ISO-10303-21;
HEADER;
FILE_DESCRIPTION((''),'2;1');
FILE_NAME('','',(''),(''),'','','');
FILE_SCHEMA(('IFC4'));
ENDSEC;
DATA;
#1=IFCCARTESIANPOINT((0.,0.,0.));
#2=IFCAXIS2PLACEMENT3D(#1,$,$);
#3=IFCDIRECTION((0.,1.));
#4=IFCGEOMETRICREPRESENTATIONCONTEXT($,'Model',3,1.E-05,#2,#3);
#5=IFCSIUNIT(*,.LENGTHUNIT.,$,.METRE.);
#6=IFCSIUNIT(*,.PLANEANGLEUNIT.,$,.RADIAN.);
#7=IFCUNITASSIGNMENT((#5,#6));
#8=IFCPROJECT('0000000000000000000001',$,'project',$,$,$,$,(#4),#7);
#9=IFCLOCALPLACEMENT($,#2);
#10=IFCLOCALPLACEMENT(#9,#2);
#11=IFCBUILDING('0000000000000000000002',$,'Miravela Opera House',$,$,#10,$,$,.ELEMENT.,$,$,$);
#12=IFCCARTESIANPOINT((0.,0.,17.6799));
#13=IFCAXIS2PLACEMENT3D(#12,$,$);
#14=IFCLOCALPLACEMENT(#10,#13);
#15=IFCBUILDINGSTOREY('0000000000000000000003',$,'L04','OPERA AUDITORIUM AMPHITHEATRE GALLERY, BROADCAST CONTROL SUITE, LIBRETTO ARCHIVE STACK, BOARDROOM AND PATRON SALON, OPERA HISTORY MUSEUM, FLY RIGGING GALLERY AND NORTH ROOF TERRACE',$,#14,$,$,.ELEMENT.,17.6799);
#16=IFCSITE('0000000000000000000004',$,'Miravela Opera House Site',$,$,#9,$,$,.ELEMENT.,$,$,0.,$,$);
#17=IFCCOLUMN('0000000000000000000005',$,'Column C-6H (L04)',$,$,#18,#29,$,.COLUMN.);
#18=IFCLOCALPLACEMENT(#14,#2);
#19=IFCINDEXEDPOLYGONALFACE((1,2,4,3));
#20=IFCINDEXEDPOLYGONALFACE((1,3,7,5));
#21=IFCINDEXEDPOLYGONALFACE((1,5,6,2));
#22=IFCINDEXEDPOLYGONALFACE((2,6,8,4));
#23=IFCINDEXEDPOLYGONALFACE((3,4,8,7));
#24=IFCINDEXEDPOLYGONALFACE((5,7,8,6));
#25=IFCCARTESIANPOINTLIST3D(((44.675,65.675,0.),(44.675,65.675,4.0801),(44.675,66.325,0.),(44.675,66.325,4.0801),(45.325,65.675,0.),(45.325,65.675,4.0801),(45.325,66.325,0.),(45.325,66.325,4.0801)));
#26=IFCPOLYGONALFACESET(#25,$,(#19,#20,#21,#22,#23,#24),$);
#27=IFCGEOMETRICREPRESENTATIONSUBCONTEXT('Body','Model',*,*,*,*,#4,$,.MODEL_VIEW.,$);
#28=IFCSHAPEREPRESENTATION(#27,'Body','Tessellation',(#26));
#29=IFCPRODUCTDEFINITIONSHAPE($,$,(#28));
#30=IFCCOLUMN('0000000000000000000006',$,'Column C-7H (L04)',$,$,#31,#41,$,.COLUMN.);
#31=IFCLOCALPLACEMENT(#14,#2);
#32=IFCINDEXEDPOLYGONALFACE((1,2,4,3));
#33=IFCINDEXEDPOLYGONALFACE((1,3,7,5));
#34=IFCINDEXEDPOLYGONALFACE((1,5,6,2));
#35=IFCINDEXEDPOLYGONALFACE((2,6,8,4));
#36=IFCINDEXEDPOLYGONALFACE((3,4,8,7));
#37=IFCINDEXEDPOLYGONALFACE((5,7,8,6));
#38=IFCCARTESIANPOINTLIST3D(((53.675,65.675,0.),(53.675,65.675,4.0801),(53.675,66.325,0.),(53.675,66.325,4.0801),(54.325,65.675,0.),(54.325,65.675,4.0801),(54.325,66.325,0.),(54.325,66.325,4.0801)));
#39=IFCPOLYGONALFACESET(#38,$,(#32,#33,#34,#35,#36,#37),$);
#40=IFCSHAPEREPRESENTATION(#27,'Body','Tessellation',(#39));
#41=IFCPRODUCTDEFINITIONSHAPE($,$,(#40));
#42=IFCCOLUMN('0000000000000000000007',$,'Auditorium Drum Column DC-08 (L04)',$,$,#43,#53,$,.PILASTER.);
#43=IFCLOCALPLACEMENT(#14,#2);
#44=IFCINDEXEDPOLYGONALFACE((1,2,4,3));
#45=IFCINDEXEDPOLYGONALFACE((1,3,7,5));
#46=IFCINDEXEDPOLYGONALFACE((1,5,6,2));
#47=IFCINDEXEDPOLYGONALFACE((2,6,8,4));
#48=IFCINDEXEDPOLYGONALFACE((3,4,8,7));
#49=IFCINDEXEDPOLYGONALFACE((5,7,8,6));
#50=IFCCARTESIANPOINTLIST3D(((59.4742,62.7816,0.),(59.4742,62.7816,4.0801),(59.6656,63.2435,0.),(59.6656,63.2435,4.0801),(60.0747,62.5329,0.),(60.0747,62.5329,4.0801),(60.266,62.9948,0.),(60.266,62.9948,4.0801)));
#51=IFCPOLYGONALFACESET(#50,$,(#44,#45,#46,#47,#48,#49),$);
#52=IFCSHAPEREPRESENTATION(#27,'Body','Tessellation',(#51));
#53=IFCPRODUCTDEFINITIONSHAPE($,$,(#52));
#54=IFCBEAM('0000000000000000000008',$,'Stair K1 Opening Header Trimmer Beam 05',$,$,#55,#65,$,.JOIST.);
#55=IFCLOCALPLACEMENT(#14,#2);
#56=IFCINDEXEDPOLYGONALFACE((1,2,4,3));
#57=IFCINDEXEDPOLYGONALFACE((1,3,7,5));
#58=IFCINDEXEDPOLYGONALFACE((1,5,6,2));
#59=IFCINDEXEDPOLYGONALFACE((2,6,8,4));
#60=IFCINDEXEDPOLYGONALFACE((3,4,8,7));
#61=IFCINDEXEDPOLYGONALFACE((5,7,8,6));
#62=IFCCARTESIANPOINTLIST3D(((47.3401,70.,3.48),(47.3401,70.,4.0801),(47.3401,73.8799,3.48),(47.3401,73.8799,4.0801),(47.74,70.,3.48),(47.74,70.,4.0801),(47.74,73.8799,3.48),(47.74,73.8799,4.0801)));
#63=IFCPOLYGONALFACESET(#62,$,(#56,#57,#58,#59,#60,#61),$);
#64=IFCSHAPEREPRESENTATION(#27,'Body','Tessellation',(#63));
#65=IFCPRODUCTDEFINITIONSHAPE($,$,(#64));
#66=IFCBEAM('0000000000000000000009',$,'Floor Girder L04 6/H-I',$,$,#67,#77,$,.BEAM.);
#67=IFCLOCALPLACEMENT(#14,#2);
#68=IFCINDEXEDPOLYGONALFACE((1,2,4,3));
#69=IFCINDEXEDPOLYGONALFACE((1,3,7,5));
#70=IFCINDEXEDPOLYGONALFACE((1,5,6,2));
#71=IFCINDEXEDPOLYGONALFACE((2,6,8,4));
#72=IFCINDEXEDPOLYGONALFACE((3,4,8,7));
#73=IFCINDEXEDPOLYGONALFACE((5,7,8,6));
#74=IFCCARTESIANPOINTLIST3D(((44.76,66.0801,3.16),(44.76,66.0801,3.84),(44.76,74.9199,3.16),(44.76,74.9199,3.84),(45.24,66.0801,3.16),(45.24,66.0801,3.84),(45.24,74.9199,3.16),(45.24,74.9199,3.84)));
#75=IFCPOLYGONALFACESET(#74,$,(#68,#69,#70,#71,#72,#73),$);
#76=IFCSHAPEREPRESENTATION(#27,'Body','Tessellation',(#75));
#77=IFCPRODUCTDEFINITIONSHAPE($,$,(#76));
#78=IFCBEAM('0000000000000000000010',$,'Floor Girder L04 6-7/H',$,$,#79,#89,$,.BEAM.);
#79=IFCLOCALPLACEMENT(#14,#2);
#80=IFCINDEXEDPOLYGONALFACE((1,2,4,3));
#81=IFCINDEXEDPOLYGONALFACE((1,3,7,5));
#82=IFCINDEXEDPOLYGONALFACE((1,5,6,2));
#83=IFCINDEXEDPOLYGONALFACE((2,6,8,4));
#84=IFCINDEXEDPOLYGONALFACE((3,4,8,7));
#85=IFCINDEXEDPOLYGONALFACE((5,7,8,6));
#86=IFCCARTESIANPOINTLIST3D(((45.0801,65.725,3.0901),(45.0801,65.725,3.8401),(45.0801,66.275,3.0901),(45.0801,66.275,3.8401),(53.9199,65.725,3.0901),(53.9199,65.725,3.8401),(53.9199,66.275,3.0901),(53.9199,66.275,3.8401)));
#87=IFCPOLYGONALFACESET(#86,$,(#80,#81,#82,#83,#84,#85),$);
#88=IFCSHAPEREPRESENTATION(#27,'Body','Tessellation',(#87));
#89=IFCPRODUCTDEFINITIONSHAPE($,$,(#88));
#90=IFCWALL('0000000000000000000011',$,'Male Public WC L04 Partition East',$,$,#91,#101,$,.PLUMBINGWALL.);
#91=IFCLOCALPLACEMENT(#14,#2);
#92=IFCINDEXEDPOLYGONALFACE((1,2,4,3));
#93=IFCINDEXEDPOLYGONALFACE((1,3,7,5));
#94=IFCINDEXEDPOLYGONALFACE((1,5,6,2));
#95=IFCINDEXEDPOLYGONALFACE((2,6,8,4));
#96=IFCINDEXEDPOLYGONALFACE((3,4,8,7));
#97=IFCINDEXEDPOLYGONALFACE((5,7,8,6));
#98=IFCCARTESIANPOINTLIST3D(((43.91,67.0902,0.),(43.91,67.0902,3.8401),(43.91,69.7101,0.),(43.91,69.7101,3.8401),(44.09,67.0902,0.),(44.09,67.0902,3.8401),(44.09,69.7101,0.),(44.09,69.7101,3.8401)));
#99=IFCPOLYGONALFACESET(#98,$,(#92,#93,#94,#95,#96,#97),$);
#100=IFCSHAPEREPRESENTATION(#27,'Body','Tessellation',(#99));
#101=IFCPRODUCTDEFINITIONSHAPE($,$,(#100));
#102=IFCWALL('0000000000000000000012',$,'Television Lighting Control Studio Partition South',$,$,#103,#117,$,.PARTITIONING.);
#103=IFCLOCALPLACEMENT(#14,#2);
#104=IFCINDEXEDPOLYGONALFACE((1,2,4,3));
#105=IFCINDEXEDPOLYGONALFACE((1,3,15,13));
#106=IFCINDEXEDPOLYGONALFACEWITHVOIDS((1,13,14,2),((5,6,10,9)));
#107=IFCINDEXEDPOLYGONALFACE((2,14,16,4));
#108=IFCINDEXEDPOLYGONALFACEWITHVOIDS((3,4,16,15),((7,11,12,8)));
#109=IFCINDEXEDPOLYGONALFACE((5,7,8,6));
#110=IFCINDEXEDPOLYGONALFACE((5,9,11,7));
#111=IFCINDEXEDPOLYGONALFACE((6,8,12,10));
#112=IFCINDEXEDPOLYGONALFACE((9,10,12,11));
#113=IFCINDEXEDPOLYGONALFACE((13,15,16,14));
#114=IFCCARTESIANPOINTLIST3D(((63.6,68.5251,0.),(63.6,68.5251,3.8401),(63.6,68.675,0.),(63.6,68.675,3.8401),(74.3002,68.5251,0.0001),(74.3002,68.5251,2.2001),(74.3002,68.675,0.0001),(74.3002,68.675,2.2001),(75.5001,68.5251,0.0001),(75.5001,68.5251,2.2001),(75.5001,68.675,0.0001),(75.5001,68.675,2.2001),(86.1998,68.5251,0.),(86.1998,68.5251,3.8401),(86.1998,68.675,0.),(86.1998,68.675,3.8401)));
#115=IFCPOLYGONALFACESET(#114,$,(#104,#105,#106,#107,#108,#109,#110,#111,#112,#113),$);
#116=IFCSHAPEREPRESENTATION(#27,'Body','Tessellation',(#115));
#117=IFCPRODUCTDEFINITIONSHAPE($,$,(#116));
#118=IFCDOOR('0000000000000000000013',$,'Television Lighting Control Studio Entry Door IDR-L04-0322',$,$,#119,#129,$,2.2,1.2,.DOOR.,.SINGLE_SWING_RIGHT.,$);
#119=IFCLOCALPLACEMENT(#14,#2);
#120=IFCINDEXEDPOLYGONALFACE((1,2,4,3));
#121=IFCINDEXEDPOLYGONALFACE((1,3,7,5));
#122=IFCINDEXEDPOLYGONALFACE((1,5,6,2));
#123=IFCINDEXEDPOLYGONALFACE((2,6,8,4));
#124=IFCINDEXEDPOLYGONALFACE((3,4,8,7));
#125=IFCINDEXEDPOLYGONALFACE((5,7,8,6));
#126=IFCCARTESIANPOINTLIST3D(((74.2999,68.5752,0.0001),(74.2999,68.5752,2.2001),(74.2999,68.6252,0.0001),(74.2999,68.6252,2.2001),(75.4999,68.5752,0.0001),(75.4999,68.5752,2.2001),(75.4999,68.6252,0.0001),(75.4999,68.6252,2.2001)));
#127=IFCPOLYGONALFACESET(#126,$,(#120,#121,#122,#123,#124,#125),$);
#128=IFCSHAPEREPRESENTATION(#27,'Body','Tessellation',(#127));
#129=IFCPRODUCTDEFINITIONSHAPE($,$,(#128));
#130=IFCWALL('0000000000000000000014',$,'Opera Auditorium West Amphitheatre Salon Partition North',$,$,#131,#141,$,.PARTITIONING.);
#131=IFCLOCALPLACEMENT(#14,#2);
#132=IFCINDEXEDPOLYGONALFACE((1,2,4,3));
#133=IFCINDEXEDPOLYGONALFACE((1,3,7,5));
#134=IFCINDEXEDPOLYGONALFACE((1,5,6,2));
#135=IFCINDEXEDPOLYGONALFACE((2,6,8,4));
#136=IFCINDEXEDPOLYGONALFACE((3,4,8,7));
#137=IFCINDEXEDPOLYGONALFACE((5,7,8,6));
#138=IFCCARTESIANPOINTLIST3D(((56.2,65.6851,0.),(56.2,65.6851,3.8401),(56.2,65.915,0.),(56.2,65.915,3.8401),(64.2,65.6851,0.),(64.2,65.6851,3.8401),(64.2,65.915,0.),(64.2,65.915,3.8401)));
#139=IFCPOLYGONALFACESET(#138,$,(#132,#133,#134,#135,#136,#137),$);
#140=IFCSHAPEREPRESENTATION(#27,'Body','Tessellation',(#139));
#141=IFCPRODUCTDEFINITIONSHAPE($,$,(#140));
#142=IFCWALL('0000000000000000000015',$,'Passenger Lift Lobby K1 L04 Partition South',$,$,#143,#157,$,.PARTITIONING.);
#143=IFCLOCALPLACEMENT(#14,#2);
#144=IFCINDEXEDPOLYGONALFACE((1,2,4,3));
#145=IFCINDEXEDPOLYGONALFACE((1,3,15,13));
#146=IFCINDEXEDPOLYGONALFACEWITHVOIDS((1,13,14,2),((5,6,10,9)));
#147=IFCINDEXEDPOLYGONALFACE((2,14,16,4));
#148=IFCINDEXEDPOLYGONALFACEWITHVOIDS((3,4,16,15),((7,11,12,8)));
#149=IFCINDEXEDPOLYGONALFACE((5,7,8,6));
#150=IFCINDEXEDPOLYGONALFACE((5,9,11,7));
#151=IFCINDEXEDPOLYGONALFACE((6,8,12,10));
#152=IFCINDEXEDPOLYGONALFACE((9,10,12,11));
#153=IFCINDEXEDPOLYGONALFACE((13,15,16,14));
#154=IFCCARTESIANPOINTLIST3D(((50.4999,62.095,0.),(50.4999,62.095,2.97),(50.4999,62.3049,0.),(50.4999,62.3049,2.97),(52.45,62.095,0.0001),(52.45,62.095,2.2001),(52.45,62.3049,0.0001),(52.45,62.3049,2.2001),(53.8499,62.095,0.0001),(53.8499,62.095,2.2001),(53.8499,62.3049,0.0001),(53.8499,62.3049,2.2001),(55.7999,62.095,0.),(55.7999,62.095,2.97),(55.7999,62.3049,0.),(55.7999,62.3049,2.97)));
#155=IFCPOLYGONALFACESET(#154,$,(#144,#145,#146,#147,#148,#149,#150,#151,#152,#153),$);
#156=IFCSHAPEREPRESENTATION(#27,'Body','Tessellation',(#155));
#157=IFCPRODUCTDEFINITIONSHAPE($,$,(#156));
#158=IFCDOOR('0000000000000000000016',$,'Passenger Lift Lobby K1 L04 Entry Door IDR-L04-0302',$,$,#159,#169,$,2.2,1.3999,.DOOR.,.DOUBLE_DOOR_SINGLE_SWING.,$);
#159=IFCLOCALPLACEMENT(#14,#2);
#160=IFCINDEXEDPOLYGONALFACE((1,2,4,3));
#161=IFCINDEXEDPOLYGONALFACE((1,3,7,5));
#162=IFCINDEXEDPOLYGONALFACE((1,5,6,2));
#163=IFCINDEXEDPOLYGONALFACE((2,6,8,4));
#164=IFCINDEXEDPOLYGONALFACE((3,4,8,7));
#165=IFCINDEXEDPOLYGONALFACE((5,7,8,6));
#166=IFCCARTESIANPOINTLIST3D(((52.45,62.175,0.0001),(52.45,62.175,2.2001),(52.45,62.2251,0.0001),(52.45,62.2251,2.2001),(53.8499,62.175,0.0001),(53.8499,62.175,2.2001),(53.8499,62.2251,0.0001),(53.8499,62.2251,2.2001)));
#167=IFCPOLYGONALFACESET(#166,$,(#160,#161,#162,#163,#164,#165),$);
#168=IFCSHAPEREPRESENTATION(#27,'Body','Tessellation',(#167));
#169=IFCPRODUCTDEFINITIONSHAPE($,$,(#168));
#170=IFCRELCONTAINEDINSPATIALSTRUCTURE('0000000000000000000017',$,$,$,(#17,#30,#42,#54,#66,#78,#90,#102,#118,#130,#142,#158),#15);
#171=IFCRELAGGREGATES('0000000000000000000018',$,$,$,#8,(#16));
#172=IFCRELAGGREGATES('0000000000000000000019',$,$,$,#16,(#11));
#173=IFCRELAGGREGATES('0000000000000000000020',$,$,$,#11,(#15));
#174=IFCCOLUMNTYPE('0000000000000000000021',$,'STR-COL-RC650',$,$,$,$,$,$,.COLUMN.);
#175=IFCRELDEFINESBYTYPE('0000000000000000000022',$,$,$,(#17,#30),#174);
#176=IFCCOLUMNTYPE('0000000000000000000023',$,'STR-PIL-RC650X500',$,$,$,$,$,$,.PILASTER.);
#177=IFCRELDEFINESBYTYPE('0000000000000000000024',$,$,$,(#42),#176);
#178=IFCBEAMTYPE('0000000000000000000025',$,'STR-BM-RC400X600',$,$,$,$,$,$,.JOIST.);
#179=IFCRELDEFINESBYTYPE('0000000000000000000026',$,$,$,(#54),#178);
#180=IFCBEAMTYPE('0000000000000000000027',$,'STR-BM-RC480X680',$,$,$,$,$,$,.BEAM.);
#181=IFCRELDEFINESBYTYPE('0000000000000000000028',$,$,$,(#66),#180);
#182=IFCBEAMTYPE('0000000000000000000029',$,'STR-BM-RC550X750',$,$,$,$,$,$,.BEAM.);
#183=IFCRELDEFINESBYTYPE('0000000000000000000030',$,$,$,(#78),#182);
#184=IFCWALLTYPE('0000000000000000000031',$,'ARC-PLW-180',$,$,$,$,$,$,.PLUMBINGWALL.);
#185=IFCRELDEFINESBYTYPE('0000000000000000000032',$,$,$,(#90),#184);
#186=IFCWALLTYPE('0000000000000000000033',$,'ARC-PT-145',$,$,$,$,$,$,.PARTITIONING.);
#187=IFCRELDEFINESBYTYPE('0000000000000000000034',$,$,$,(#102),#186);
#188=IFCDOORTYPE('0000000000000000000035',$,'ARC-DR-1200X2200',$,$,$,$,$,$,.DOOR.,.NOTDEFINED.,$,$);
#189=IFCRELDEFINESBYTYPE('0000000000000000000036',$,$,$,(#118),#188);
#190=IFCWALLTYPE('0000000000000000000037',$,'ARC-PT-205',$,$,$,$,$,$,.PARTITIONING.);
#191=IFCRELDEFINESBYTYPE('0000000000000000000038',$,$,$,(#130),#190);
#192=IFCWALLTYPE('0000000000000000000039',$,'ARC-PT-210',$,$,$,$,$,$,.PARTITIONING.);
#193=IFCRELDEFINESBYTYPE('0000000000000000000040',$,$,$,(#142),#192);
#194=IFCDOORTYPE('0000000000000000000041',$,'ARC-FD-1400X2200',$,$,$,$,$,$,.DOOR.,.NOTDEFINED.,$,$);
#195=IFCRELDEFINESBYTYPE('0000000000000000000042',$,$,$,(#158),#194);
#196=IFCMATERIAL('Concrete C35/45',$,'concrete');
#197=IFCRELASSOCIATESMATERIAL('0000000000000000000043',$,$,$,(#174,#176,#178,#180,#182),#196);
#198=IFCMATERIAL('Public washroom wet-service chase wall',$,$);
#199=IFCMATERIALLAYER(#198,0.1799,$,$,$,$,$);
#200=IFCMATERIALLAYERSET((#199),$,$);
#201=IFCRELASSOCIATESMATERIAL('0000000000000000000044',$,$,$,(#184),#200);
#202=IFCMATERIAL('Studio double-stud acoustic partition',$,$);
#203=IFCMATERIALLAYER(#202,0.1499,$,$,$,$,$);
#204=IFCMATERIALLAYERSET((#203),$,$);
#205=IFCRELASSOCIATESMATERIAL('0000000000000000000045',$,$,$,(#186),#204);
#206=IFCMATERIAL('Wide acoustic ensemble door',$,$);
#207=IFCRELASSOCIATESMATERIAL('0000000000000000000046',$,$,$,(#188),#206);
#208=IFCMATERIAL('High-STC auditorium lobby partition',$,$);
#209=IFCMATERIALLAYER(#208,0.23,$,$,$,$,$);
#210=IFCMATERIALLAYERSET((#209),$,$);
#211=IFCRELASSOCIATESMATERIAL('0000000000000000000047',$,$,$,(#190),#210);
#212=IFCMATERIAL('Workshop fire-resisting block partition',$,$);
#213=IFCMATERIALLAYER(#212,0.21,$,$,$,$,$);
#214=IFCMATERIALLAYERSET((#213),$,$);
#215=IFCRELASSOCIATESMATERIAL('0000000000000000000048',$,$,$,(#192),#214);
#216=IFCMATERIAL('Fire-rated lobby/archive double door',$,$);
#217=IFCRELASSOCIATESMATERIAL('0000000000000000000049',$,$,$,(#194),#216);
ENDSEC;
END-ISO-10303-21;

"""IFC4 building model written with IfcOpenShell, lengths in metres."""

from ifc_helpers import new_model, si_unit, direction, frame, frame_2d, origin, origin_2d, place, context, subcontext, project, spatial, rectangle, extrude, material, layer, layer_set, material_profile, profile_set, type_object, element, fill, save


model = new_model("IFC4")

# Units and contexts
model_context = context("Model", 3, precision=1e-05, world=origin(), true_north=direction((0.0, 1.0)))
body_context = subcontext(model_context, "Body", "Model", "MODEL_VIEW")
ifc_project = project(units=[si_unit("LENGTHUNIT", "METRE"), si_unit("PLANEANGLEUNIT", "RADIAN")], contexts=[model_context])

# Site, building, storey
site_placement = place(None, origin())
site = spatial("IfcSite", under=ifc_project, at=site_placement, Name="Miravela Opera House Site", CompositionType="ELEMENT", RefElevation=0.0)
building_placement = place(site_placement, origin())
building = spatial("IfcBuilding", under=site, at=building_placement, Name="Miravela Opera House", CompositionType="ELEMENT")
storey_placement = place(building_placement, frame((0.0, 0.0, 17.6799)))
storey = spatial("IfcBuildingStorey", under=building, at=storey_placement, Name="L04", Description="OPERA AUDITORIUM AMPHITHEATRE GALLERY, BROADCAST CONTROL SUITE, LIBRETTO ARCHIVE STACK, BOARDROOM AND PATRON SALON, OPERA HISTORY MUSEUM, FLY RIGGING GALLERY AND NORTH ROOF TERRACE", CompositionType="ELEMENT", Elevation=17.6799)

# Columns
ifc_material_1 = material(Name="Concrete C35/45", Category="concrete")
ifc_material_profile_1 = material_profile(ifc_material_1, rectangle(XDim=0.6499, YDim=0.6499, at=origin_2d()), Name="RC-COL-650X650")
ifc_profile_set_1 = profile_set([ifc_material_profile_1])
column_type_1 = type_object("IfcColumnType", Name="STR-COL-RC650", PredefinedType="COLUMN", material=ifc_profile_set_1)
for number, where, z_axis, x_axis, name in (
    (1, (45.0, 66.0, 0.0), (0.0, 0.0, 1.0), (1.0, 0.0, 0.0), "Column C-6H (L04)"),
    (2, (54.0, 66.0, 0.0), (0.0, 0.0, 1.0), (1.0, 0.0, 0.0), "Column C-7H (L04)"),
):
    element("IfcColumn", number, at=place(storey_placement, frame(where, z_axis=z_axis, x_axis=x_axis)), inside=storey, type_object=column_type_1, Name=name, PredefinedType="COLUMN", context=body_context, shape_type="SweptSolid", body=[
        extrude(rectangle(XDim=0.6499, YDim=0.6499, at=origin_2d()), origin(), (0.0, 0.0, 1.0), 4.0801),
    ])
ifc_material_profile_2 = material_profile(ifc_material_1, rectangle(XDim=0.6499, YDim=0.5, at=origin_2d()), Name="RC-PIL-650X500")
ifc_profile_set_2 = profile_set([ifc_material_profile_2])
column_type_2 = type_object("IfcColumnType", Name="STR-PIL-RC650X500", PredefinedType="PILASTER", material=ifc_profile_set_2)
column_placement = place(storey_placement, frame((59.8701, 62.8882, 0.0), z_axis=(0.0, 0.0, 1.0), x_axis=(-0.92388, 0.382683, 0.0)))
element("IfcColumn", 3, at=column_placement, inside=storey, type_object=column_type_2, Name="Auditorium Drum Column DC-08 (L04)", PredefinedType="PILASTER", context=body_context, shape_type="SweptSolid", body=[
    extrude(rectangle(XDim=0.6499, YDim=0.5, at=origin_2d()), origin(), (0.0, 0.0, 1.0), 4.0801),
])

# Beams
ifc_material_profile_3 = material_profile(ifc_material_1, rectangle(XDim=0.3999, YDim=0.6001, at=origin_2d()), Name="RC-BM-400X600")
ifc_profile_set_3 = profile_set([ifc_material_profile_3])
beam_type_1 = type_object("IfcBeamType", Name="STR-BM-RC400X600", PredefinedType="JOIST", material=ifc_profile_set_3)
beam_1_placement = place(storey_placement, frame((47.54, 70.0, 3.78), z_axis=(0.0, 1.0, 0.0), x_axis=(-1.0, 0.0, 0.0)))
element("IfcBeam", 4, at=beam_1_placement, inside=storey, type_object=beam_type_1, Name="Stair K1 Opening Header Trimmer Beam 05", PredefinedType="JOIST", context=body_context, shape_type="SweptSolid", body=[
    extrude(rectangle(XDim=0.3999, YDim=0.6001, at=origin_2d()), origin(), (0.0, 0.0, 1.0), 3.8799),
])
ifc_material_profile_4 = material_profile(ifc_material_1, rectangle(XDim=0.48, YDim=0.6799, at=origin_2d()), Name="RC-BM-480X680")
ifc_profile_set_4 = profile_set([ifc_material_profile_4])
beam_type_2 = type_object("IfcBeamType", Name="STR-BM-RC480X680", PredefinedType="BEAM", material=ifc_profile_set_4)
beam_2_placement = place(storey_placement, frame((45.0, 66.0801, 3.5), z_axis=(0.0, 1.0, 0.0), x_axis=(-1.0, 0.0, 0.0)))
element("IfcBeam", 5, at=beam_2_placement, inside=storey, type_object=beam_type_2, Name="Floor Girder L04 6/H-I", PredefinedType="BEAM", context=body_context, shape_type="SweptSolid", body=[
    extrude(rectangle(XDim=0.48, YDim=0.6799, at=origin_2d()), origin(), (0.0, 0.0, 1.0), 8.8398),
])
ifc_material_profile_5 = material_profile(ifc_material_1, rectangle(XDim=0.55, YDim=0.75, at=origin_2d()), Name="RC-BM-550X750")
ifc_profile_set_5 = profile_set([ifc_material_profile_5])
beam_type_3 = type_object("IfcBeamType", Name="STR-BM-RC550X750", PredefinedType="BEAM", material=ifc_profile_set_5)
beam_3_placement = place(storey_placement, frame((45.0801, 66.0, 3.4651), z_axis=(1.0, 0.0, 0.0), x_axis=(0.0, 1.0, 0.0)))
element("IfcBeam", 6, at=beam_3_placement, inside=storey, type_object=beam_type_3, Name="Floor Girder L04 6-7/H", PredefinedType="BEAM", context=body_context, shape_type="SweptSolid", body=[
    extrude(rectangle(XDim=0.55, YDim=0.75, at=origin_2d()), origin(), (0.0, 0.0, 1.0), 8.8398),
])

# Wall
ifc_material_2 = material(Name="Public washroom wet-service chase wall")
ifc_layer_1 = layer(ifc_material_2, 0.1799)
ifc_layer_set_1 = layer_set([ifc_layer_1])
wall_type_1 = type_object("IfcWallType", Name="ARC-PLW-180", PredefinedType="PLUMBINGWALL", material=ifc_layer_set_1)
wall_1_placement = place(storey_placement, frame((44.0, 67.0901, 0.0), z_axis=(0.0, 0.0, 1.0), x_axis=(0.0, 1.0, 0.0)))
element("IfcWall", 7, at=wall_1_placement, inside=storey, type_object=wall_type_1, Name="Male Public WC L04 Partition East", PredefinedType="PLUMBINGWALL", context=body_context, shape_type="SweptSolid", body=[
    extrude(rectangle(XDim=2.6199, YDim=0.1799, at=frame_2d((1.3101, 0.0))), origin(), (0.0, 0.0, 1.0), 3.8401),
])

# Wall, opening, door
ifc_material_3 = material(Name="Studio double-stud acoustic partition")
ifc_layer_2 = layer(ifc_material_3, 0.1499)
ifc_layer_set_2 = layer_set([ifc_layer_2])
wall_type_2 = type_object("IfcWallType", Name="ARC-PT-145", PredefinedType="PARTITIONING", material=ifc_layer_set_2)
wall_2_placement = place(storey_placement, frame((63.6001, 68.6001, 0.0), z_axis=(0.0, 0.0, 1.0), x_axis=(1.0, 0.0, 0.0)))
wall_2 = element("IfcWall", 8, at=wall_2_placement, inside=storey, type_object=wall_type_2, Name="Television Lighting Control Studio Partition South", PredefinedType="PARTITIONING", context=body_context, shape_type="SweptSolid", body=[
    extrude(rectangle(XDim=22.5999, YDim=0.1499, at=frame_2d((11.2998, 0.0))), origin(), (0.0, 0.0, 1.0), 3.8401),
])
opening_1_placement = place(wall_2_placement, frame((10.7, 0.0, 0.0)))
opening_1 = element("IfcOpeningElement", 9, at=opening_1_placement, cuts=wall_2, PredefinedType="OPENING", context=body_context, shape_type="SweptSolid", body=[
    extrude(rectangle(XDim=1.2, YDim=2.2, at=frame_2d((0.6001, 1.1001))), frame((0.0, 0.085, 0.0), z_axis=(0.0, -1.0, 0.0), x_axis=(1.0, 0.0, 0.0)), (0.0, 0.0, 1.0), 0.1699),
])
ifc_material_4 = material(Name="Wide acoustic ensemble door")
door_type_1 = type_object("IfcDoorType", Name="ARC-DR-1200X2200", OperationType="NOTDEFINED", PredefinedType="DOOR", material=ifc_material_4)
door_1_placement = place(opening_1_placement, frame((1.2, 0.0, 0.0), z_axis=(0.0, 0.0, 1.0), x_axis=(-1.0, 0.0, 0.0)))
door_1 = element("IfcDoor", 10, at=door_1_placement, inside=storey, type_object=door_type_1, Name="Television Lighting Control Studio Entry Door IDR-L04-0322", OperationType="SINGLE_SWING_RIGHT", OverallHeight=2.2, OverallWidth=1.2, PredefinedType="DOOR", context=body_context, shape_type="SweptSolid", body=[
    extrude(rectangle(XDim=1.2, YDim=2.2, at=frame_2d((0.6001, 1.1001))), frame((0.0, 0.0249, 0.0), z_axis=(0.0, -1.0, 0.0), x_axis=(1.0, 0.0, 0.0)), (0.0, 0.0, 1.0), 0.05),
])
fill(opening_1, door_1)

# Wall
ifc_material_5 = material(Name="High-STC auditorium lobby partition")
ifc_layer_3 = layer(ifc_material_5, 0.23)
ifc_layer_set_3 = layer_set([ifc_layer_3])
wall_type_3 = type_object("IfcWallType", Name="ARC-PT-205", PredefinedType="PARTITIONING", material=ifc_layer_set_3)
wall_3_placement = place(storey_placement, frame((56.2, 65.8, 0.0), z_axis=(0.0, 0.0, 1.0), x_axis=(1.0, 0.0, 0.0)))
element("IfcWall", 11, at=wall_3_placement, inside=storey, type_object=wall_type_3, Name="Opera Auditorium West Amphitheatre Salon Partition North", PredefinedType="PARTITIONING", context=body_context, shape_type="SweptSolid", body=[
    extrude(rectangle(XDim=8.0, YDim=0.23, at=frame_2d((4.0, 0.0))), origin(), (0.0, 0.0, 1.0), 3.8401),
])

# Wall, opening, door
ifc_material_6 = material(Name="Workshop fire-resisting block partition")
ifc_layer_4 = layer(ifc_material_6, 0.21)
ifc_layer_set_4 = layer_set([ifc_layer_4])
wall_type_4 = type_object("IfcWallType", Name="ARC-PT-210", PredefinedType="PARTITIONING", material=ifc_layer_set_4)
wall_4_placement = place(storey_placement, frame((50.5, 62.2, 0.0), z_axis=(0.0, 0.0, 1.0), x_axis=(1.0, 0.0, 0.0)))
wall_4 = element("IfcWall", 12, at=wall_4_placement, inside=storey, type_object=wall_type_4, Name="Passenger Lift Lobby K1 L04 Partition South", PredefinedType="PARTITIONING", context=body_context, shape_type="SweptSolid", body=[
    extrude(rectangle(XDim=5.3, YDim=0.21, at=frame_2d((2.6499, 0.0))), origin(), (0.0, 0.0, 1.0), 2.97),
])
opening_2_placement = place(wall_4_placement, frame((1.95, 0.0, 0.0)))
opening_2 = element("IfcOpeningElement", 13, at=opening_2_placement, cuts=wall_4, PredefinedType="OPENING", context=body_context, shape_type="SweptSolid", body=[
    extrude(rectangle(XDim=1.3999, YDim=2.2, at=frame_2d((0.7, 1.1001))), frame((0.0, 0.115, 0.0), z_axis=(0.0, -1.0, 0.0), x_axis=(1.0, 0.0, 0.0)), (0.0, 0.0, 1.0), 0.23),
])
ifc_material_7 = material(Name="Fire-rated lobby/archive double door")
door_type_2 = type_object("IfcDoorType", Name="ARC-FD-1400X2200", OperationType="NOTDEFINED", PredefinedType="DOOR", material=ifc_material_7)
door_2_placement = place(opening_2_placement, frame((1.3999, 0.0, 0.0), z_axis=(0.0, 0.0, 1.0), x_axis=(-1.0, 0.0, 0.0)))
door_2 = element("IfcDoor", 14, at=door_2_placement, inside=storey, type_object=door_type_2, Name="Passenger Lift Lobby K1 L04 Entry Door IDR-L04-0302", OperationType="DOUBLE_DOOR_SINGLE_SWING", OverallHeight=2.2, OverallWidth=1.3999, PredefinedType="DOOR", context=body_context, shape_type="SweptSolid", body=[
    extrude(rectangle(XDim=1.3999, YDim=2.2, at=frame_2d((0.7, 1.1001))), frame((0.0, 0.0249, 0.0), z_axis=(0.0, -1.0, 0.0), x_axis=(1.0, 0.0, 0.0)), (0.0, 0.0, 1.0), 0.05),
])
fill(opening_2, door_2)

save(model, "model.ifc")
